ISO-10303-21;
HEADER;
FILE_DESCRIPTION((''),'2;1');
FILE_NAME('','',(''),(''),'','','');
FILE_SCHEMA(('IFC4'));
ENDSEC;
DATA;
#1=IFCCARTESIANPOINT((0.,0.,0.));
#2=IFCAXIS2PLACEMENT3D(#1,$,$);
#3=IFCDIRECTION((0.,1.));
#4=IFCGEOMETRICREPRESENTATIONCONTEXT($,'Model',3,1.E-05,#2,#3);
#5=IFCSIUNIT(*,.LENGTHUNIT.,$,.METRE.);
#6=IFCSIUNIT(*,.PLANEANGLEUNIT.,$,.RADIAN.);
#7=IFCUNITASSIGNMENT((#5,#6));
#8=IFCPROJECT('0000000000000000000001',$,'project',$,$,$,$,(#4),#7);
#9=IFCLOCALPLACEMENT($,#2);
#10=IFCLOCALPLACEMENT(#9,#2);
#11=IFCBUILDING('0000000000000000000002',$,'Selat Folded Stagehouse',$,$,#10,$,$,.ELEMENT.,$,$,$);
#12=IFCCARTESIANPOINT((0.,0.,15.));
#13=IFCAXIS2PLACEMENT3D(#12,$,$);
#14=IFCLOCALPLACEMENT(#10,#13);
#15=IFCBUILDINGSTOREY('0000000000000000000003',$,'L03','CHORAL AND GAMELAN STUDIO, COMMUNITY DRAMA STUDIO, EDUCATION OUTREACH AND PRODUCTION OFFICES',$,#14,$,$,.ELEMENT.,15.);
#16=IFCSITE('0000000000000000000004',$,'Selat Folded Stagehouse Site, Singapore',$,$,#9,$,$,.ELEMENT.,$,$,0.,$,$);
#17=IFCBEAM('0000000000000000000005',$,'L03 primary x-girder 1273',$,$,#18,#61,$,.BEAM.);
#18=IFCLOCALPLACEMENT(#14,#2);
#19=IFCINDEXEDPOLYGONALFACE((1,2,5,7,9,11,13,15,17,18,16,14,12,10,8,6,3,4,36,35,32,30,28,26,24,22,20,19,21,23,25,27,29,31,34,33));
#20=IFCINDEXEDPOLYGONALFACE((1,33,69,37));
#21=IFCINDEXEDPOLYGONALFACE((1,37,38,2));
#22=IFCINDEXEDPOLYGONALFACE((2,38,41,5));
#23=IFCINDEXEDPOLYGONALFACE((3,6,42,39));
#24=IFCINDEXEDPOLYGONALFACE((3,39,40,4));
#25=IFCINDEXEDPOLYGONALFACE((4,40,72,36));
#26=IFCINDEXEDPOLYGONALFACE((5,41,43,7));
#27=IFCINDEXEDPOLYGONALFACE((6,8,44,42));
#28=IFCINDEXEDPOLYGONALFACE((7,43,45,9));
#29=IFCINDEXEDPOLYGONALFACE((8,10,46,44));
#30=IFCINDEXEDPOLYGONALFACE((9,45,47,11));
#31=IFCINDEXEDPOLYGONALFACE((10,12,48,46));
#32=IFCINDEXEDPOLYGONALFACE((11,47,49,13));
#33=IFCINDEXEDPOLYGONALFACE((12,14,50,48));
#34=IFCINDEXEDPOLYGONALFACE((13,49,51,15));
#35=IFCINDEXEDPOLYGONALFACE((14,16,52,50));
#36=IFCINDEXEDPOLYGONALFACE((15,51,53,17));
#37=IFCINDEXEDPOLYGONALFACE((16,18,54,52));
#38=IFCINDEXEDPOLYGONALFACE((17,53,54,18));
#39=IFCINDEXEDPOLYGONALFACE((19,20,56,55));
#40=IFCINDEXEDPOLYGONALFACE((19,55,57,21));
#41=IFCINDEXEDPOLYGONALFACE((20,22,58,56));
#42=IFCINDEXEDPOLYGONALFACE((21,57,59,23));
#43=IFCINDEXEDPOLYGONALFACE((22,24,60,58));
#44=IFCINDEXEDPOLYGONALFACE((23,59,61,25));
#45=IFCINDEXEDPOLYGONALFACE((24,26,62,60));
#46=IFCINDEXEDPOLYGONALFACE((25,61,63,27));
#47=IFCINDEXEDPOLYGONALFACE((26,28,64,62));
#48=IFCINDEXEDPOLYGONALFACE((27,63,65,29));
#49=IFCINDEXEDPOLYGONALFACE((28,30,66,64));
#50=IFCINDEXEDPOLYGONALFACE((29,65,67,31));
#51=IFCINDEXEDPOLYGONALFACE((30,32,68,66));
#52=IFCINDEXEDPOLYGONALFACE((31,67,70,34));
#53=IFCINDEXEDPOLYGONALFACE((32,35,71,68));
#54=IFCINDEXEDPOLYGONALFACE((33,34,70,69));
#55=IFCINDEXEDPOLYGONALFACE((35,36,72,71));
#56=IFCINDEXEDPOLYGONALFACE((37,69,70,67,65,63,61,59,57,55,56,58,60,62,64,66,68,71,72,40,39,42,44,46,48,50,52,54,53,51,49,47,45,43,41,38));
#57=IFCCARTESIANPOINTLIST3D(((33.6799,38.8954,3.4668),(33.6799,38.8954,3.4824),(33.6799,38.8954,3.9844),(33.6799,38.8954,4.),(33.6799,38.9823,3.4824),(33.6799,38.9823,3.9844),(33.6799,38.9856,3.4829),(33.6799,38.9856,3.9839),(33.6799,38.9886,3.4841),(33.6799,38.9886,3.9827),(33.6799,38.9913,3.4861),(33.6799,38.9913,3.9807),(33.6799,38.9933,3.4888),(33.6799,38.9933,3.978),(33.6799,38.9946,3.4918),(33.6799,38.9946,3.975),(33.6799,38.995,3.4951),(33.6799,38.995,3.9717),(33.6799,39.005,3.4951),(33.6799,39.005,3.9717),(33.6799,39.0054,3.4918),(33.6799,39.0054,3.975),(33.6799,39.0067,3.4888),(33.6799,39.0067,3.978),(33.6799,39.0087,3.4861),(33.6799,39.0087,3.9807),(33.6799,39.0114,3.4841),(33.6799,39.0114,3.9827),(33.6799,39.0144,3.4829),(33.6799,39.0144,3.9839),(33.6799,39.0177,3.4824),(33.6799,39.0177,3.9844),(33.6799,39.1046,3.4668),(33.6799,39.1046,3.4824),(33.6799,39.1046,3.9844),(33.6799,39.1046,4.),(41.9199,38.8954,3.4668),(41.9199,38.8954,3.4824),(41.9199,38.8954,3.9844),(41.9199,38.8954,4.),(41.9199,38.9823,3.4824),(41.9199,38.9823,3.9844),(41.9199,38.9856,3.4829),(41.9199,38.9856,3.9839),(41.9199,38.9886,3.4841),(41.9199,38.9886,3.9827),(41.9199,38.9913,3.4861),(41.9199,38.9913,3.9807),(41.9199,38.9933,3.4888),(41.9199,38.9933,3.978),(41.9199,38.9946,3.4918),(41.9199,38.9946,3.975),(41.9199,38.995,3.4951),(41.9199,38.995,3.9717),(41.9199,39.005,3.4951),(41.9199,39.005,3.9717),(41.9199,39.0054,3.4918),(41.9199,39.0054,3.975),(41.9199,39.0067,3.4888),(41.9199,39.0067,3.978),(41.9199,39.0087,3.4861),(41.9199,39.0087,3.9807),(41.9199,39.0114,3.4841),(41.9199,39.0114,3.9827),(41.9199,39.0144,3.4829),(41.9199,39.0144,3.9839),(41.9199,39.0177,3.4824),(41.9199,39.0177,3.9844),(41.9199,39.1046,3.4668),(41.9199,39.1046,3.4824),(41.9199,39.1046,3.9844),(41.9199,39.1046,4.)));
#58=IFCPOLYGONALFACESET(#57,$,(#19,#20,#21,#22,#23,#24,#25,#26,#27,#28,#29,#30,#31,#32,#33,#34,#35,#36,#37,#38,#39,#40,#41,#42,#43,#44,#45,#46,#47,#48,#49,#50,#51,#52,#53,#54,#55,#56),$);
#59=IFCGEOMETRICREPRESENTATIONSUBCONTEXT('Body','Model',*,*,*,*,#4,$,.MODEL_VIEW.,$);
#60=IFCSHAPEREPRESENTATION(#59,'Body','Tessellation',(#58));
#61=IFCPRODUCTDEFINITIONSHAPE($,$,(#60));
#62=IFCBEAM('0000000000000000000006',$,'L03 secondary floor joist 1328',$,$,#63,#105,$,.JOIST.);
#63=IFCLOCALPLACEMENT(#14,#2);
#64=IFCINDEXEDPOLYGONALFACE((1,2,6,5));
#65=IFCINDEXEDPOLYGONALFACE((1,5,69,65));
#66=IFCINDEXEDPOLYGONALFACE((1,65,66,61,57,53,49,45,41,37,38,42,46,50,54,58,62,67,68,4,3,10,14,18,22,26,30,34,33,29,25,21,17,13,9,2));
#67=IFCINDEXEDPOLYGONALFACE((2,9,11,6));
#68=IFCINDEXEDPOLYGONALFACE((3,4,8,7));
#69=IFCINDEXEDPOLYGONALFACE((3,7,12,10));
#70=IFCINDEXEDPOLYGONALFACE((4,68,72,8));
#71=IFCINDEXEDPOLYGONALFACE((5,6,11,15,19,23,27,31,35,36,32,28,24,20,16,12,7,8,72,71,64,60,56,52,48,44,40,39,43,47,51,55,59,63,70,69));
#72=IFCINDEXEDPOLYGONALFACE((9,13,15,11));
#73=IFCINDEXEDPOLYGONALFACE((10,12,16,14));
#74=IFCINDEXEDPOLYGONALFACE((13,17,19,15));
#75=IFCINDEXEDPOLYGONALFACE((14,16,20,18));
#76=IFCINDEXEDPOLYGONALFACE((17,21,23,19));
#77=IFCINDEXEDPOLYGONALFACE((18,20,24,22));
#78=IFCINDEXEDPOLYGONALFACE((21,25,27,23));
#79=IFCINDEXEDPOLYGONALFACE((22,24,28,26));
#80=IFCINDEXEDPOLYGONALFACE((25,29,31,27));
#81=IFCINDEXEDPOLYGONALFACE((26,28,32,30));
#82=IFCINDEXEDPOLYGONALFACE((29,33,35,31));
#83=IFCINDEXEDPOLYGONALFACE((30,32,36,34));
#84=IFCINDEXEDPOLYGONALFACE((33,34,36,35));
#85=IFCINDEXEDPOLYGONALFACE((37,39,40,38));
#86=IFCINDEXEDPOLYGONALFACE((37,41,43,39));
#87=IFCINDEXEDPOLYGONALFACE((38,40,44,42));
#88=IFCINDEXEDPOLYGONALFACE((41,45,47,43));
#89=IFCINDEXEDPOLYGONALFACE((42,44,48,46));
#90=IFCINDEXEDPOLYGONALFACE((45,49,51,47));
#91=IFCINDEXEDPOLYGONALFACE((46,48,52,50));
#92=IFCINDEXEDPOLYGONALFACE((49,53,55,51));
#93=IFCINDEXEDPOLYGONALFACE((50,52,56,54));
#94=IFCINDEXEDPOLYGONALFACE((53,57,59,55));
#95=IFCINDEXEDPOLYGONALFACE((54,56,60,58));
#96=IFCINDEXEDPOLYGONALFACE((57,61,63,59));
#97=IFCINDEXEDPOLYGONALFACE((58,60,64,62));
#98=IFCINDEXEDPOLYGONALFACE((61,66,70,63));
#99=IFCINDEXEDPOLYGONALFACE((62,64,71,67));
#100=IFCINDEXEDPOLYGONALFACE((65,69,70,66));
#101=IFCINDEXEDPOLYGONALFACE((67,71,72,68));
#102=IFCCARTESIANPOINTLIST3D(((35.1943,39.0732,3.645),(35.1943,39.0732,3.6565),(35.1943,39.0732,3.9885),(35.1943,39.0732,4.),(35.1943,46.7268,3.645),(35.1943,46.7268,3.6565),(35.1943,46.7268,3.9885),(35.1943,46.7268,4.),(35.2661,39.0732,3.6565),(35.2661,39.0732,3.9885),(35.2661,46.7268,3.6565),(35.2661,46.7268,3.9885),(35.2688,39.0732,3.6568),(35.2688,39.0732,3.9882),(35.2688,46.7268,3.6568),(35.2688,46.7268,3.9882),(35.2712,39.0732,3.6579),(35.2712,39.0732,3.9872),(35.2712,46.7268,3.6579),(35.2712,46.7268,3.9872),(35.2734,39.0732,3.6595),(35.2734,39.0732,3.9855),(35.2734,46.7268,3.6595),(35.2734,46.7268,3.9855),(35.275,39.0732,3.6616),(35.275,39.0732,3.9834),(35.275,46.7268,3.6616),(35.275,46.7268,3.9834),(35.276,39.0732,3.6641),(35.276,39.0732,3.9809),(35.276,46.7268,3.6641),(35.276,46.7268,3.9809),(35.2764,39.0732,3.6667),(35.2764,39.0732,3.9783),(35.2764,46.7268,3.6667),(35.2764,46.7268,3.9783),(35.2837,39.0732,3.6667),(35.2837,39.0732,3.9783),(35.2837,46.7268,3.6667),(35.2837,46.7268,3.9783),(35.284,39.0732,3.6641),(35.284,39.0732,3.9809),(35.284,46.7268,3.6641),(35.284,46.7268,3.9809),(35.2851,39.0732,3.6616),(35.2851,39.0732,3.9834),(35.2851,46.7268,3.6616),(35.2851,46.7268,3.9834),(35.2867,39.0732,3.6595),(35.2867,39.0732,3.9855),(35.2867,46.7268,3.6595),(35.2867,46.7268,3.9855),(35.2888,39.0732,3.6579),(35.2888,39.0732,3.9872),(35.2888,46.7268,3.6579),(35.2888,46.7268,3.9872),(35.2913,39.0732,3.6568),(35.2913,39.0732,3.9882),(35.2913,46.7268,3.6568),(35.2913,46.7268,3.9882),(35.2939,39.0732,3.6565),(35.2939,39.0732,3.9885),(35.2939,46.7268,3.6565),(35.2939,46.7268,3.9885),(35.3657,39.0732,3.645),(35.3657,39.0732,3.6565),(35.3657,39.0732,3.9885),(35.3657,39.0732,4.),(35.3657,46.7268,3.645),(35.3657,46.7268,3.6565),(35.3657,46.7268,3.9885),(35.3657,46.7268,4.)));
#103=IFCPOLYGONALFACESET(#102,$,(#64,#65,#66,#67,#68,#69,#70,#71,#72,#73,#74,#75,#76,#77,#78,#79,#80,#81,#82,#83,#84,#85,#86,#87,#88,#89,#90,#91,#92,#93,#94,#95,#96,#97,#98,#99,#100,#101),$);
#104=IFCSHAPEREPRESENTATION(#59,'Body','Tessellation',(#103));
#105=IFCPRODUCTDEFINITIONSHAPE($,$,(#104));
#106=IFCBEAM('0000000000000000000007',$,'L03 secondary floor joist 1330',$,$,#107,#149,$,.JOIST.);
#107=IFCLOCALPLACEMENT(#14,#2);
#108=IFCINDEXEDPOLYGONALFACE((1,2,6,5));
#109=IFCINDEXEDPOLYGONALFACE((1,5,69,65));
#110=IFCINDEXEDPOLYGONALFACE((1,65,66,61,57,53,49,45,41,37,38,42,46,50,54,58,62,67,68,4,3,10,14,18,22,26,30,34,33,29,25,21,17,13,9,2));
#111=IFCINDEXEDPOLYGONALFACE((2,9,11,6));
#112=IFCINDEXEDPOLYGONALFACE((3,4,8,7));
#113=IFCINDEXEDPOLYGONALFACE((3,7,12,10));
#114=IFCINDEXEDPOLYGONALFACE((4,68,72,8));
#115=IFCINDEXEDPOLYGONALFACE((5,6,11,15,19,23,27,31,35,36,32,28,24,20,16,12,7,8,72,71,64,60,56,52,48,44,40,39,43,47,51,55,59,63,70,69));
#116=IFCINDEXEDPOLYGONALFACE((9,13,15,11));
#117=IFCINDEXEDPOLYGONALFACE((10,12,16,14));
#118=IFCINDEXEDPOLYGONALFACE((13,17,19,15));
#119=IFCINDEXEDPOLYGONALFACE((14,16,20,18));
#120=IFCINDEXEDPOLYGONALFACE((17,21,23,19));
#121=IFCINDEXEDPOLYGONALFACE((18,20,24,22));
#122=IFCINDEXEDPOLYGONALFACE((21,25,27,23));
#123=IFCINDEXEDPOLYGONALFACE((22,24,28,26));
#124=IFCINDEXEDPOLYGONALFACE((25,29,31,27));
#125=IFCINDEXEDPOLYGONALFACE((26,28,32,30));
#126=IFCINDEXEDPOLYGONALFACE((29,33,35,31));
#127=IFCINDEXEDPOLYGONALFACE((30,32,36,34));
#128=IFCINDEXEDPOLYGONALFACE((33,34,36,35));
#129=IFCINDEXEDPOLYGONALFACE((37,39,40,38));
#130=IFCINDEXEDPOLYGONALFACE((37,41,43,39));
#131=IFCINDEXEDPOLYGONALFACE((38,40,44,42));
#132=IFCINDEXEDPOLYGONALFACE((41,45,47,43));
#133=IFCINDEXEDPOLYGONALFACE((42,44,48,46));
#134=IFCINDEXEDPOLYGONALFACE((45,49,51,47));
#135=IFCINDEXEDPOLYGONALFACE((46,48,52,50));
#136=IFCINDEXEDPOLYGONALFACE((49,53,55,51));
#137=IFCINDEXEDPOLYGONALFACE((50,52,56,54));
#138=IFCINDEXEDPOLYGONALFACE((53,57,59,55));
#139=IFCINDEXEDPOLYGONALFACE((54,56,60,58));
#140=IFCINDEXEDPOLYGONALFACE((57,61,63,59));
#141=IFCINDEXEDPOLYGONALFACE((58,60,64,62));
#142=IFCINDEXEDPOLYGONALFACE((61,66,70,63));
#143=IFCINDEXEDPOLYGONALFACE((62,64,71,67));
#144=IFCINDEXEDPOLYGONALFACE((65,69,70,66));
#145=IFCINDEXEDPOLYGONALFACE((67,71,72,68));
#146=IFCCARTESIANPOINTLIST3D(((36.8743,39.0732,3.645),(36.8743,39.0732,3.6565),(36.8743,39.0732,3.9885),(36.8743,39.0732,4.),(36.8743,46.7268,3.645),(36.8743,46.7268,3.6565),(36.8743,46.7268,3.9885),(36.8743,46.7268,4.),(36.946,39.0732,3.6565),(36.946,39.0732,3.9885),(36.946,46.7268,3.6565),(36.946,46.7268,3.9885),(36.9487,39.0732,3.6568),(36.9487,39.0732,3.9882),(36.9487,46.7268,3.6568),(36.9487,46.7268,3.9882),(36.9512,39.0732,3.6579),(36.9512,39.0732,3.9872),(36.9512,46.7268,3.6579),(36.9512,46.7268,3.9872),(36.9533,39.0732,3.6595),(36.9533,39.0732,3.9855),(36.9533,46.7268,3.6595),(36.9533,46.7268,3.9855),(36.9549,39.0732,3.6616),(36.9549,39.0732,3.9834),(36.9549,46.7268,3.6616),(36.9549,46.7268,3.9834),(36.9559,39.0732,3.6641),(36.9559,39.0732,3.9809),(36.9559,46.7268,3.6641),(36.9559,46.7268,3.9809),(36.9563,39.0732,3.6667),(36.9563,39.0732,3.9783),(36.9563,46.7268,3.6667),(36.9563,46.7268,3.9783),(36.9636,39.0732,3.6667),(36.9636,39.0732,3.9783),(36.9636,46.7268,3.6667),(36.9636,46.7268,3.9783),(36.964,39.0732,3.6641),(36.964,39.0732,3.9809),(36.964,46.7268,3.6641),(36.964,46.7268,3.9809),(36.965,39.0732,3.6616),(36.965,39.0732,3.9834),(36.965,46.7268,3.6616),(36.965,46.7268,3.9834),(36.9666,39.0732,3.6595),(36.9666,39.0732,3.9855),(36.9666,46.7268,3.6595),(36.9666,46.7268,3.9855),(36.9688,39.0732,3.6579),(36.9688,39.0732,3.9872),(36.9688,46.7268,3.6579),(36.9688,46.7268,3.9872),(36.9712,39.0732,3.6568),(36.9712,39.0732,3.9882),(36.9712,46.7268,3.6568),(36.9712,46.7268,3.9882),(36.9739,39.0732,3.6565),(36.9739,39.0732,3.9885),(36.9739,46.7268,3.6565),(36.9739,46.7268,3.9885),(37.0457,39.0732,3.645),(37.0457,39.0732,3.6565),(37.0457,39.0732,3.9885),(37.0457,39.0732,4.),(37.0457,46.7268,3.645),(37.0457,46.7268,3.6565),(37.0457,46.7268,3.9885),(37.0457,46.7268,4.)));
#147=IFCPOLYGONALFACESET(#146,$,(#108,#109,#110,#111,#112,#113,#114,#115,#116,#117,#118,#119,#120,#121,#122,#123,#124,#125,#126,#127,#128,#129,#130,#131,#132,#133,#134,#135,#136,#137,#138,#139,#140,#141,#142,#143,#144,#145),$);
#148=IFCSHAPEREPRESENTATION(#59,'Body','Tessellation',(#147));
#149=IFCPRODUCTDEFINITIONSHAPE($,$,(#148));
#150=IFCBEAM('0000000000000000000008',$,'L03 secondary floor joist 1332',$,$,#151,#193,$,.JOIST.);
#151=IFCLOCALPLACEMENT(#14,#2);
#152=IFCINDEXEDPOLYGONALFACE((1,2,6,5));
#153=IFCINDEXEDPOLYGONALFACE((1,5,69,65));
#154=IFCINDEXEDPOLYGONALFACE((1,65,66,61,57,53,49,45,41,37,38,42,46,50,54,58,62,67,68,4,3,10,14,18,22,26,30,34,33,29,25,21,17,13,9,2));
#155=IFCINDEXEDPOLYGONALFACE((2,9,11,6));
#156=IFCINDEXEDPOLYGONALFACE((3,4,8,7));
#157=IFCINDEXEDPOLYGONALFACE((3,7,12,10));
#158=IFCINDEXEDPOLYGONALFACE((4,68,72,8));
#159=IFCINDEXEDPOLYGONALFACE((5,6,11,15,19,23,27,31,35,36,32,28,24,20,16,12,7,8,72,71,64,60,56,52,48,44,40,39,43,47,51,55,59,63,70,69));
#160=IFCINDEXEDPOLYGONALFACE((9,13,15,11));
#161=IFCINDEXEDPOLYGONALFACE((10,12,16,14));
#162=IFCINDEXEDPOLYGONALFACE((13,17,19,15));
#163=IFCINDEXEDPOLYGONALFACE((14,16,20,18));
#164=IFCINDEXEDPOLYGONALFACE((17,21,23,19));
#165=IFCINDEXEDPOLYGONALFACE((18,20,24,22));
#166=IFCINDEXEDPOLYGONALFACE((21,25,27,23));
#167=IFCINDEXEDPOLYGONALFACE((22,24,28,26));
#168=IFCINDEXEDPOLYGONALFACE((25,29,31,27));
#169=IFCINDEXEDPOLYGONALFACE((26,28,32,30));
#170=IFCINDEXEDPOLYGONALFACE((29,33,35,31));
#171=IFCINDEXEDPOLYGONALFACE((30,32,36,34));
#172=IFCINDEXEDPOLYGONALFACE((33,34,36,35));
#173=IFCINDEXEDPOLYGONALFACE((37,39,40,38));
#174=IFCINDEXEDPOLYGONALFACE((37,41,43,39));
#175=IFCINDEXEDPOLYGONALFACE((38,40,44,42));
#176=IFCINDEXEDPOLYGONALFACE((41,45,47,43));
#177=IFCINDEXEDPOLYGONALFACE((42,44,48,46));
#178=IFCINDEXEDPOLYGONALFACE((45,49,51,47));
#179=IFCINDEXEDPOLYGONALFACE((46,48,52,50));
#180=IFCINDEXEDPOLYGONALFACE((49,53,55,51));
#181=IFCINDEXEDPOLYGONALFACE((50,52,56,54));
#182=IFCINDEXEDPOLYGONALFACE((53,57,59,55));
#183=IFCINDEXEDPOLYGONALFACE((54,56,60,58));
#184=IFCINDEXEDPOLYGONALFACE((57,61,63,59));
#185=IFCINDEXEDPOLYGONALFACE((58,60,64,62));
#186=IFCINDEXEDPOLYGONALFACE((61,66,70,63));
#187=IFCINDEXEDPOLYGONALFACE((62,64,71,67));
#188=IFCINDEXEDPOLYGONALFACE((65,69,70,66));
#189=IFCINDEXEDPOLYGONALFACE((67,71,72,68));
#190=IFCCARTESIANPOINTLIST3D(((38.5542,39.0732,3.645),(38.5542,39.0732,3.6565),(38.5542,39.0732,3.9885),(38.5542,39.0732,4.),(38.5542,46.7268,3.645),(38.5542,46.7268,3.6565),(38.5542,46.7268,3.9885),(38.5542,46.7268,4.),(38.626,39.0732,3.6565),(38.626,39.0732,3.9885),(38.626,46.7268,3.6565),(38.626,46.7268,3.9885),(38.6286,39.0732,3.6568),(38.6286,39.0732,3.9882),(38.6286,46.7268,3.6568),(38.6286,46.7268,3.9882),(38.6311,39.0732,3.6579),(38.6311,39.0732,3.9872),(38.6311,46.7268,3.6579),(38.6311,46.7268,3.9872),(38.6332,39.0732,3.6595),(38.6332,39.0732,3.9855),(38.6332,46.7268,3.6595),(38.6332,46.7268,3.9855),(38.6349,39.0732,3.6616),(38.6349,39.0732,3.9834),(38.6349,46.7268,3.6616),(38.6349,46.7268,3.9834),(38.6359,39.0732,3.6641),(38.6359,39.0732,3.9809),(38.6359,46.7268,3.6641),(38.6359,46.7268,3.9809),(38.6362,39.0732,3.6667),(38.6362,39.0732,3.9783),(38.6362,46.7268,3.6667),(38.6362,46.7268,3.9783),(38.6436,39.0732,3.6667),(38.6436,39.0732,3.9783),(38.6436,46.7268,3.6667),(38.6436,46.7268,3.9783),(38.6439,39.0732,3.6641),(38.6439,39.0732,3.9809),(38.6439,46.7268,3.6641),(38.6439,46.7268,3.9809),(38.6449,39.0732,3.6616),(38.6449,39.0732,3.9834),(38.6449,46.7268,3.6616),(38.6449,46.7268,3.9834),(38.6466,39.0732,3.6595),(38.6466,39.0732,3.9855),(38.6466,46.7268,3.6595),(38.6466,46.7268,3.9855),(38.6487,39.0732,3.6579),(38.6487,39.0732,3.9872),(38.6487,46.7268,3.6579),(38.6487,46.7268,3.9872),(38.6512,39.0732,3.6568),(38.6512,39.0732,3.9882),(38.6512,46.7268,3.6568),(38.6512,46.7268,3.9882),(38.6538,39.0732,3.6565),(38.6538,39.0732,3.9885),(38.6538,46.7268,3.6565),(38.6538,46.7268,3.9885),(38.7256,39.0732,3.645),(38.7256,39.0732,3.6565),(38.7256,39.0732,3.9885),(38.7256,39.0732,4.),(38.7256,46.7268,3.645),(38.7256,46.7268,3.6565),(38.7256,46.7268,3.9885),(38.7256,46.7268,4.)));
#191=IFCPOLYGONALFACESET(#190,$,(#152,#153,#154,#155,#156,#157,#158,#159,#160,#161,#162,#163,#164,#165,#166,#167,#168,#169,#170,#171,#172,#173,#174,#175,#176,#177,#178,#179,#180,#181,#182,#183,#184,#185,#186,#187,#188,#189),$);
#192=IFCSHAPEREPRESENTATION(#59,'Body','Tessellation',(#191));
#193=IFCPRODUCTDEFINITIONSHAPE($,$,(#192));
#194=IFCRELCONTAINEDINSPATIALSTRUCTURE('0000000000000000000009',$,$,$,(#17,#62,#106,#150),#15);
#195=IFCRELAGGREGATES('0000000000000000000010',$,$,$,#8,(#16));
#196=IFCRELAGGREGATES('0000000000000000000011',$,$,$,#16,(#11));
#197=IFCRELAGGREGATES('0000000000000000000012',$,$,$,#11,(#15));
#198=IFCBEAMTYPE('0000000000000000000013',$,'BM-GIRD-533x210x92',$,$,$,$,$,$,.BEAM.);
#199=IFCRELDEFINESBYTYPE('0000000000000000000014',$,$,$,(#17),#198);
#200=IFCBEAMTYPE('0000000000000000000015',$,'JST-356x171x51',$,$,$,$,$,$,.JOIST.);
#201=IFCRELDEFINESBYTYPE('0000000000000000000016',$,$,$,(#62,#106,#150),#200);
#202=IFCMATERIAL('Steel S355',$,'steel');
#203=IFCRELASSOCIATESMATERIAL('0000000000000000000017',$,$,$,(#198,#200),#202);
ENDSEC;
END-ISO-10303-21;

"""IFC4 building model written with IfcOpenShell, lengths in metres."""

from ifc_helpers import new_model, si_unit, direction, frame, origin, origin_2d, place, context, subcontext, project, spatial, i_section, extrude, material, material_profile, profile_set, type_object, element, save


model = new_model("IFC4")

# Units and contexts
model_context = context("Model", 3, precision=1e-05, world=origin(), true_north=direction((0.0, 1.0)))
body_context = subcontext(model_context, "Body", "Model", "MODEL_VIEW")
ifc_project = project(units=[si_unit("LENGTHUNIT", "METRE"), si_unit("PLANEANGLEUNIT", "RADIAN")], contexts=[model_context])

# Site, building, storey
site_placement = place(None, origin())
site = spatial("IfcSite", under=ifc_project, at=site_placement, Name="Selat Folded Stagehouse Site, Singapore", CompositionType="ELEMENT", RefElevation=0.0)
building_placement = place(site_placement, origin())
building = spatial("IfcBuilding", under=site, at=building_placement, Name="Selat Folded Stagehouse", CompositionType="ELEMENT")
storey_placement = place(building_placement, frame((0.0, 0.0, 15.0)))
storey = spatial("IfcBuildingStorey", under=building, at=storey_placement, Name="L03", Description="CHORAL AND GAMELAN STUDIO, COMMUNITY DRAMA STUDIO, EDUCATION OUTREACH AND PRODUCTION OFFICES", CompositionType="ELEMENT", Elevation=15.0)

# Shared definitions
ifc_material_1 = material(Name="Steel S355", Category="steel")

# Beams
ifc_material_profile_1 = material_profile(ifc_material_1, i_section(OverallWidth=0.2092, OverallDepth=0.5332, WebThickness=0.01, FlangeThickness=0.0156, FilletRadius=0.0127, at=origin_2d()), Name="UKB 533x210x92")
ifc_profile_set_1 = profile_set([ifc_material_profile_1], Name="Steel S355")
beam_type_1 = type_object("IfcBeamType", Name="BM-GIRD-533x210x92", PredefinedType="BEAM", material=ifc_profile_set_1)
beam_placement = place(storey_placement, frame((33.6799, 39.0, 3.7334), z_axis=(1.0, 0.0, 0.0), x_axis=(0.0, 1.0, 0.0)))
element("IfcBeam", 1, at=beam_placement, inside=storey, type_object=beam_type_1, Name="L03 primary x-girder 1273", PredefinedType="BEAM", context=body_context, shape_type="SweptSolid", body=[
    extrude(i_section(OverallWidth=0.2092, OverallDepth=0.5332, WebThickness=0.01, FlangeThickness=0.0156, FilletRadius=0.0127, at=origin_2d()), origin(), (0.0, 0.0, 1.0), 8.24),
])
ifc_material_profile_2 = material_profile(ifc_material_1, i_section(OverallWidth=0.1714, OverallDepth=0.355, WebThickness=0.0073, FlangeThickness=0.0115, FilletRadius=0.0103, at=origin_2d()), Name="UKB 356x171x51")
ifc_profile_set_2 = profile_set([ifc_material_profile_2], Name="Steel S355")
beam_type_2 = type_object("IfcBeamType", Name="JST-356x171x51", PredefinedType="JOIST", material=ifc_profile_set_2)
for number, where, z_axis, x_axis, name in (
    (2, (35.28, 39.0732, 3.8225), (0.0, 1.0, 0.0), (-1.0, 0.0, 0.0), "L03 secondary floor joist 1328"),
    (3, (36.96, 39.0732, 3.8225), (0.0, 1.0, 0.0), (-1.0, 0.0, 0.0), "L03 secondary floor joist 1330"),
    (4, (38.6399, 39.0732, 3.8225), (0.0, 1.0, 0.0), (-1.0, 0.0, 0.0), "L03 secondary floor joist 1332"),
):
    element("IfcBeam", number, at=place(storey_placement, frame(where, z_axis=z_axis, x_axis=x_axis)), inside=storey, type_object=beam_type_2, Name=name, PredefinedType="JOIST", context=body_context, shape_type="SweptSolid", body=[
        extrude(i_section(OverallWidth=0.1714, OverallDepth=0.355, WebThickness=0.0073, FlangeThickness=0.0115, FilletRadius=0.0103, at=origin_2d()), origin(), (0.0, 0.0, 1.0), 7.6536),
    ])

save(model, "model.ifc")
